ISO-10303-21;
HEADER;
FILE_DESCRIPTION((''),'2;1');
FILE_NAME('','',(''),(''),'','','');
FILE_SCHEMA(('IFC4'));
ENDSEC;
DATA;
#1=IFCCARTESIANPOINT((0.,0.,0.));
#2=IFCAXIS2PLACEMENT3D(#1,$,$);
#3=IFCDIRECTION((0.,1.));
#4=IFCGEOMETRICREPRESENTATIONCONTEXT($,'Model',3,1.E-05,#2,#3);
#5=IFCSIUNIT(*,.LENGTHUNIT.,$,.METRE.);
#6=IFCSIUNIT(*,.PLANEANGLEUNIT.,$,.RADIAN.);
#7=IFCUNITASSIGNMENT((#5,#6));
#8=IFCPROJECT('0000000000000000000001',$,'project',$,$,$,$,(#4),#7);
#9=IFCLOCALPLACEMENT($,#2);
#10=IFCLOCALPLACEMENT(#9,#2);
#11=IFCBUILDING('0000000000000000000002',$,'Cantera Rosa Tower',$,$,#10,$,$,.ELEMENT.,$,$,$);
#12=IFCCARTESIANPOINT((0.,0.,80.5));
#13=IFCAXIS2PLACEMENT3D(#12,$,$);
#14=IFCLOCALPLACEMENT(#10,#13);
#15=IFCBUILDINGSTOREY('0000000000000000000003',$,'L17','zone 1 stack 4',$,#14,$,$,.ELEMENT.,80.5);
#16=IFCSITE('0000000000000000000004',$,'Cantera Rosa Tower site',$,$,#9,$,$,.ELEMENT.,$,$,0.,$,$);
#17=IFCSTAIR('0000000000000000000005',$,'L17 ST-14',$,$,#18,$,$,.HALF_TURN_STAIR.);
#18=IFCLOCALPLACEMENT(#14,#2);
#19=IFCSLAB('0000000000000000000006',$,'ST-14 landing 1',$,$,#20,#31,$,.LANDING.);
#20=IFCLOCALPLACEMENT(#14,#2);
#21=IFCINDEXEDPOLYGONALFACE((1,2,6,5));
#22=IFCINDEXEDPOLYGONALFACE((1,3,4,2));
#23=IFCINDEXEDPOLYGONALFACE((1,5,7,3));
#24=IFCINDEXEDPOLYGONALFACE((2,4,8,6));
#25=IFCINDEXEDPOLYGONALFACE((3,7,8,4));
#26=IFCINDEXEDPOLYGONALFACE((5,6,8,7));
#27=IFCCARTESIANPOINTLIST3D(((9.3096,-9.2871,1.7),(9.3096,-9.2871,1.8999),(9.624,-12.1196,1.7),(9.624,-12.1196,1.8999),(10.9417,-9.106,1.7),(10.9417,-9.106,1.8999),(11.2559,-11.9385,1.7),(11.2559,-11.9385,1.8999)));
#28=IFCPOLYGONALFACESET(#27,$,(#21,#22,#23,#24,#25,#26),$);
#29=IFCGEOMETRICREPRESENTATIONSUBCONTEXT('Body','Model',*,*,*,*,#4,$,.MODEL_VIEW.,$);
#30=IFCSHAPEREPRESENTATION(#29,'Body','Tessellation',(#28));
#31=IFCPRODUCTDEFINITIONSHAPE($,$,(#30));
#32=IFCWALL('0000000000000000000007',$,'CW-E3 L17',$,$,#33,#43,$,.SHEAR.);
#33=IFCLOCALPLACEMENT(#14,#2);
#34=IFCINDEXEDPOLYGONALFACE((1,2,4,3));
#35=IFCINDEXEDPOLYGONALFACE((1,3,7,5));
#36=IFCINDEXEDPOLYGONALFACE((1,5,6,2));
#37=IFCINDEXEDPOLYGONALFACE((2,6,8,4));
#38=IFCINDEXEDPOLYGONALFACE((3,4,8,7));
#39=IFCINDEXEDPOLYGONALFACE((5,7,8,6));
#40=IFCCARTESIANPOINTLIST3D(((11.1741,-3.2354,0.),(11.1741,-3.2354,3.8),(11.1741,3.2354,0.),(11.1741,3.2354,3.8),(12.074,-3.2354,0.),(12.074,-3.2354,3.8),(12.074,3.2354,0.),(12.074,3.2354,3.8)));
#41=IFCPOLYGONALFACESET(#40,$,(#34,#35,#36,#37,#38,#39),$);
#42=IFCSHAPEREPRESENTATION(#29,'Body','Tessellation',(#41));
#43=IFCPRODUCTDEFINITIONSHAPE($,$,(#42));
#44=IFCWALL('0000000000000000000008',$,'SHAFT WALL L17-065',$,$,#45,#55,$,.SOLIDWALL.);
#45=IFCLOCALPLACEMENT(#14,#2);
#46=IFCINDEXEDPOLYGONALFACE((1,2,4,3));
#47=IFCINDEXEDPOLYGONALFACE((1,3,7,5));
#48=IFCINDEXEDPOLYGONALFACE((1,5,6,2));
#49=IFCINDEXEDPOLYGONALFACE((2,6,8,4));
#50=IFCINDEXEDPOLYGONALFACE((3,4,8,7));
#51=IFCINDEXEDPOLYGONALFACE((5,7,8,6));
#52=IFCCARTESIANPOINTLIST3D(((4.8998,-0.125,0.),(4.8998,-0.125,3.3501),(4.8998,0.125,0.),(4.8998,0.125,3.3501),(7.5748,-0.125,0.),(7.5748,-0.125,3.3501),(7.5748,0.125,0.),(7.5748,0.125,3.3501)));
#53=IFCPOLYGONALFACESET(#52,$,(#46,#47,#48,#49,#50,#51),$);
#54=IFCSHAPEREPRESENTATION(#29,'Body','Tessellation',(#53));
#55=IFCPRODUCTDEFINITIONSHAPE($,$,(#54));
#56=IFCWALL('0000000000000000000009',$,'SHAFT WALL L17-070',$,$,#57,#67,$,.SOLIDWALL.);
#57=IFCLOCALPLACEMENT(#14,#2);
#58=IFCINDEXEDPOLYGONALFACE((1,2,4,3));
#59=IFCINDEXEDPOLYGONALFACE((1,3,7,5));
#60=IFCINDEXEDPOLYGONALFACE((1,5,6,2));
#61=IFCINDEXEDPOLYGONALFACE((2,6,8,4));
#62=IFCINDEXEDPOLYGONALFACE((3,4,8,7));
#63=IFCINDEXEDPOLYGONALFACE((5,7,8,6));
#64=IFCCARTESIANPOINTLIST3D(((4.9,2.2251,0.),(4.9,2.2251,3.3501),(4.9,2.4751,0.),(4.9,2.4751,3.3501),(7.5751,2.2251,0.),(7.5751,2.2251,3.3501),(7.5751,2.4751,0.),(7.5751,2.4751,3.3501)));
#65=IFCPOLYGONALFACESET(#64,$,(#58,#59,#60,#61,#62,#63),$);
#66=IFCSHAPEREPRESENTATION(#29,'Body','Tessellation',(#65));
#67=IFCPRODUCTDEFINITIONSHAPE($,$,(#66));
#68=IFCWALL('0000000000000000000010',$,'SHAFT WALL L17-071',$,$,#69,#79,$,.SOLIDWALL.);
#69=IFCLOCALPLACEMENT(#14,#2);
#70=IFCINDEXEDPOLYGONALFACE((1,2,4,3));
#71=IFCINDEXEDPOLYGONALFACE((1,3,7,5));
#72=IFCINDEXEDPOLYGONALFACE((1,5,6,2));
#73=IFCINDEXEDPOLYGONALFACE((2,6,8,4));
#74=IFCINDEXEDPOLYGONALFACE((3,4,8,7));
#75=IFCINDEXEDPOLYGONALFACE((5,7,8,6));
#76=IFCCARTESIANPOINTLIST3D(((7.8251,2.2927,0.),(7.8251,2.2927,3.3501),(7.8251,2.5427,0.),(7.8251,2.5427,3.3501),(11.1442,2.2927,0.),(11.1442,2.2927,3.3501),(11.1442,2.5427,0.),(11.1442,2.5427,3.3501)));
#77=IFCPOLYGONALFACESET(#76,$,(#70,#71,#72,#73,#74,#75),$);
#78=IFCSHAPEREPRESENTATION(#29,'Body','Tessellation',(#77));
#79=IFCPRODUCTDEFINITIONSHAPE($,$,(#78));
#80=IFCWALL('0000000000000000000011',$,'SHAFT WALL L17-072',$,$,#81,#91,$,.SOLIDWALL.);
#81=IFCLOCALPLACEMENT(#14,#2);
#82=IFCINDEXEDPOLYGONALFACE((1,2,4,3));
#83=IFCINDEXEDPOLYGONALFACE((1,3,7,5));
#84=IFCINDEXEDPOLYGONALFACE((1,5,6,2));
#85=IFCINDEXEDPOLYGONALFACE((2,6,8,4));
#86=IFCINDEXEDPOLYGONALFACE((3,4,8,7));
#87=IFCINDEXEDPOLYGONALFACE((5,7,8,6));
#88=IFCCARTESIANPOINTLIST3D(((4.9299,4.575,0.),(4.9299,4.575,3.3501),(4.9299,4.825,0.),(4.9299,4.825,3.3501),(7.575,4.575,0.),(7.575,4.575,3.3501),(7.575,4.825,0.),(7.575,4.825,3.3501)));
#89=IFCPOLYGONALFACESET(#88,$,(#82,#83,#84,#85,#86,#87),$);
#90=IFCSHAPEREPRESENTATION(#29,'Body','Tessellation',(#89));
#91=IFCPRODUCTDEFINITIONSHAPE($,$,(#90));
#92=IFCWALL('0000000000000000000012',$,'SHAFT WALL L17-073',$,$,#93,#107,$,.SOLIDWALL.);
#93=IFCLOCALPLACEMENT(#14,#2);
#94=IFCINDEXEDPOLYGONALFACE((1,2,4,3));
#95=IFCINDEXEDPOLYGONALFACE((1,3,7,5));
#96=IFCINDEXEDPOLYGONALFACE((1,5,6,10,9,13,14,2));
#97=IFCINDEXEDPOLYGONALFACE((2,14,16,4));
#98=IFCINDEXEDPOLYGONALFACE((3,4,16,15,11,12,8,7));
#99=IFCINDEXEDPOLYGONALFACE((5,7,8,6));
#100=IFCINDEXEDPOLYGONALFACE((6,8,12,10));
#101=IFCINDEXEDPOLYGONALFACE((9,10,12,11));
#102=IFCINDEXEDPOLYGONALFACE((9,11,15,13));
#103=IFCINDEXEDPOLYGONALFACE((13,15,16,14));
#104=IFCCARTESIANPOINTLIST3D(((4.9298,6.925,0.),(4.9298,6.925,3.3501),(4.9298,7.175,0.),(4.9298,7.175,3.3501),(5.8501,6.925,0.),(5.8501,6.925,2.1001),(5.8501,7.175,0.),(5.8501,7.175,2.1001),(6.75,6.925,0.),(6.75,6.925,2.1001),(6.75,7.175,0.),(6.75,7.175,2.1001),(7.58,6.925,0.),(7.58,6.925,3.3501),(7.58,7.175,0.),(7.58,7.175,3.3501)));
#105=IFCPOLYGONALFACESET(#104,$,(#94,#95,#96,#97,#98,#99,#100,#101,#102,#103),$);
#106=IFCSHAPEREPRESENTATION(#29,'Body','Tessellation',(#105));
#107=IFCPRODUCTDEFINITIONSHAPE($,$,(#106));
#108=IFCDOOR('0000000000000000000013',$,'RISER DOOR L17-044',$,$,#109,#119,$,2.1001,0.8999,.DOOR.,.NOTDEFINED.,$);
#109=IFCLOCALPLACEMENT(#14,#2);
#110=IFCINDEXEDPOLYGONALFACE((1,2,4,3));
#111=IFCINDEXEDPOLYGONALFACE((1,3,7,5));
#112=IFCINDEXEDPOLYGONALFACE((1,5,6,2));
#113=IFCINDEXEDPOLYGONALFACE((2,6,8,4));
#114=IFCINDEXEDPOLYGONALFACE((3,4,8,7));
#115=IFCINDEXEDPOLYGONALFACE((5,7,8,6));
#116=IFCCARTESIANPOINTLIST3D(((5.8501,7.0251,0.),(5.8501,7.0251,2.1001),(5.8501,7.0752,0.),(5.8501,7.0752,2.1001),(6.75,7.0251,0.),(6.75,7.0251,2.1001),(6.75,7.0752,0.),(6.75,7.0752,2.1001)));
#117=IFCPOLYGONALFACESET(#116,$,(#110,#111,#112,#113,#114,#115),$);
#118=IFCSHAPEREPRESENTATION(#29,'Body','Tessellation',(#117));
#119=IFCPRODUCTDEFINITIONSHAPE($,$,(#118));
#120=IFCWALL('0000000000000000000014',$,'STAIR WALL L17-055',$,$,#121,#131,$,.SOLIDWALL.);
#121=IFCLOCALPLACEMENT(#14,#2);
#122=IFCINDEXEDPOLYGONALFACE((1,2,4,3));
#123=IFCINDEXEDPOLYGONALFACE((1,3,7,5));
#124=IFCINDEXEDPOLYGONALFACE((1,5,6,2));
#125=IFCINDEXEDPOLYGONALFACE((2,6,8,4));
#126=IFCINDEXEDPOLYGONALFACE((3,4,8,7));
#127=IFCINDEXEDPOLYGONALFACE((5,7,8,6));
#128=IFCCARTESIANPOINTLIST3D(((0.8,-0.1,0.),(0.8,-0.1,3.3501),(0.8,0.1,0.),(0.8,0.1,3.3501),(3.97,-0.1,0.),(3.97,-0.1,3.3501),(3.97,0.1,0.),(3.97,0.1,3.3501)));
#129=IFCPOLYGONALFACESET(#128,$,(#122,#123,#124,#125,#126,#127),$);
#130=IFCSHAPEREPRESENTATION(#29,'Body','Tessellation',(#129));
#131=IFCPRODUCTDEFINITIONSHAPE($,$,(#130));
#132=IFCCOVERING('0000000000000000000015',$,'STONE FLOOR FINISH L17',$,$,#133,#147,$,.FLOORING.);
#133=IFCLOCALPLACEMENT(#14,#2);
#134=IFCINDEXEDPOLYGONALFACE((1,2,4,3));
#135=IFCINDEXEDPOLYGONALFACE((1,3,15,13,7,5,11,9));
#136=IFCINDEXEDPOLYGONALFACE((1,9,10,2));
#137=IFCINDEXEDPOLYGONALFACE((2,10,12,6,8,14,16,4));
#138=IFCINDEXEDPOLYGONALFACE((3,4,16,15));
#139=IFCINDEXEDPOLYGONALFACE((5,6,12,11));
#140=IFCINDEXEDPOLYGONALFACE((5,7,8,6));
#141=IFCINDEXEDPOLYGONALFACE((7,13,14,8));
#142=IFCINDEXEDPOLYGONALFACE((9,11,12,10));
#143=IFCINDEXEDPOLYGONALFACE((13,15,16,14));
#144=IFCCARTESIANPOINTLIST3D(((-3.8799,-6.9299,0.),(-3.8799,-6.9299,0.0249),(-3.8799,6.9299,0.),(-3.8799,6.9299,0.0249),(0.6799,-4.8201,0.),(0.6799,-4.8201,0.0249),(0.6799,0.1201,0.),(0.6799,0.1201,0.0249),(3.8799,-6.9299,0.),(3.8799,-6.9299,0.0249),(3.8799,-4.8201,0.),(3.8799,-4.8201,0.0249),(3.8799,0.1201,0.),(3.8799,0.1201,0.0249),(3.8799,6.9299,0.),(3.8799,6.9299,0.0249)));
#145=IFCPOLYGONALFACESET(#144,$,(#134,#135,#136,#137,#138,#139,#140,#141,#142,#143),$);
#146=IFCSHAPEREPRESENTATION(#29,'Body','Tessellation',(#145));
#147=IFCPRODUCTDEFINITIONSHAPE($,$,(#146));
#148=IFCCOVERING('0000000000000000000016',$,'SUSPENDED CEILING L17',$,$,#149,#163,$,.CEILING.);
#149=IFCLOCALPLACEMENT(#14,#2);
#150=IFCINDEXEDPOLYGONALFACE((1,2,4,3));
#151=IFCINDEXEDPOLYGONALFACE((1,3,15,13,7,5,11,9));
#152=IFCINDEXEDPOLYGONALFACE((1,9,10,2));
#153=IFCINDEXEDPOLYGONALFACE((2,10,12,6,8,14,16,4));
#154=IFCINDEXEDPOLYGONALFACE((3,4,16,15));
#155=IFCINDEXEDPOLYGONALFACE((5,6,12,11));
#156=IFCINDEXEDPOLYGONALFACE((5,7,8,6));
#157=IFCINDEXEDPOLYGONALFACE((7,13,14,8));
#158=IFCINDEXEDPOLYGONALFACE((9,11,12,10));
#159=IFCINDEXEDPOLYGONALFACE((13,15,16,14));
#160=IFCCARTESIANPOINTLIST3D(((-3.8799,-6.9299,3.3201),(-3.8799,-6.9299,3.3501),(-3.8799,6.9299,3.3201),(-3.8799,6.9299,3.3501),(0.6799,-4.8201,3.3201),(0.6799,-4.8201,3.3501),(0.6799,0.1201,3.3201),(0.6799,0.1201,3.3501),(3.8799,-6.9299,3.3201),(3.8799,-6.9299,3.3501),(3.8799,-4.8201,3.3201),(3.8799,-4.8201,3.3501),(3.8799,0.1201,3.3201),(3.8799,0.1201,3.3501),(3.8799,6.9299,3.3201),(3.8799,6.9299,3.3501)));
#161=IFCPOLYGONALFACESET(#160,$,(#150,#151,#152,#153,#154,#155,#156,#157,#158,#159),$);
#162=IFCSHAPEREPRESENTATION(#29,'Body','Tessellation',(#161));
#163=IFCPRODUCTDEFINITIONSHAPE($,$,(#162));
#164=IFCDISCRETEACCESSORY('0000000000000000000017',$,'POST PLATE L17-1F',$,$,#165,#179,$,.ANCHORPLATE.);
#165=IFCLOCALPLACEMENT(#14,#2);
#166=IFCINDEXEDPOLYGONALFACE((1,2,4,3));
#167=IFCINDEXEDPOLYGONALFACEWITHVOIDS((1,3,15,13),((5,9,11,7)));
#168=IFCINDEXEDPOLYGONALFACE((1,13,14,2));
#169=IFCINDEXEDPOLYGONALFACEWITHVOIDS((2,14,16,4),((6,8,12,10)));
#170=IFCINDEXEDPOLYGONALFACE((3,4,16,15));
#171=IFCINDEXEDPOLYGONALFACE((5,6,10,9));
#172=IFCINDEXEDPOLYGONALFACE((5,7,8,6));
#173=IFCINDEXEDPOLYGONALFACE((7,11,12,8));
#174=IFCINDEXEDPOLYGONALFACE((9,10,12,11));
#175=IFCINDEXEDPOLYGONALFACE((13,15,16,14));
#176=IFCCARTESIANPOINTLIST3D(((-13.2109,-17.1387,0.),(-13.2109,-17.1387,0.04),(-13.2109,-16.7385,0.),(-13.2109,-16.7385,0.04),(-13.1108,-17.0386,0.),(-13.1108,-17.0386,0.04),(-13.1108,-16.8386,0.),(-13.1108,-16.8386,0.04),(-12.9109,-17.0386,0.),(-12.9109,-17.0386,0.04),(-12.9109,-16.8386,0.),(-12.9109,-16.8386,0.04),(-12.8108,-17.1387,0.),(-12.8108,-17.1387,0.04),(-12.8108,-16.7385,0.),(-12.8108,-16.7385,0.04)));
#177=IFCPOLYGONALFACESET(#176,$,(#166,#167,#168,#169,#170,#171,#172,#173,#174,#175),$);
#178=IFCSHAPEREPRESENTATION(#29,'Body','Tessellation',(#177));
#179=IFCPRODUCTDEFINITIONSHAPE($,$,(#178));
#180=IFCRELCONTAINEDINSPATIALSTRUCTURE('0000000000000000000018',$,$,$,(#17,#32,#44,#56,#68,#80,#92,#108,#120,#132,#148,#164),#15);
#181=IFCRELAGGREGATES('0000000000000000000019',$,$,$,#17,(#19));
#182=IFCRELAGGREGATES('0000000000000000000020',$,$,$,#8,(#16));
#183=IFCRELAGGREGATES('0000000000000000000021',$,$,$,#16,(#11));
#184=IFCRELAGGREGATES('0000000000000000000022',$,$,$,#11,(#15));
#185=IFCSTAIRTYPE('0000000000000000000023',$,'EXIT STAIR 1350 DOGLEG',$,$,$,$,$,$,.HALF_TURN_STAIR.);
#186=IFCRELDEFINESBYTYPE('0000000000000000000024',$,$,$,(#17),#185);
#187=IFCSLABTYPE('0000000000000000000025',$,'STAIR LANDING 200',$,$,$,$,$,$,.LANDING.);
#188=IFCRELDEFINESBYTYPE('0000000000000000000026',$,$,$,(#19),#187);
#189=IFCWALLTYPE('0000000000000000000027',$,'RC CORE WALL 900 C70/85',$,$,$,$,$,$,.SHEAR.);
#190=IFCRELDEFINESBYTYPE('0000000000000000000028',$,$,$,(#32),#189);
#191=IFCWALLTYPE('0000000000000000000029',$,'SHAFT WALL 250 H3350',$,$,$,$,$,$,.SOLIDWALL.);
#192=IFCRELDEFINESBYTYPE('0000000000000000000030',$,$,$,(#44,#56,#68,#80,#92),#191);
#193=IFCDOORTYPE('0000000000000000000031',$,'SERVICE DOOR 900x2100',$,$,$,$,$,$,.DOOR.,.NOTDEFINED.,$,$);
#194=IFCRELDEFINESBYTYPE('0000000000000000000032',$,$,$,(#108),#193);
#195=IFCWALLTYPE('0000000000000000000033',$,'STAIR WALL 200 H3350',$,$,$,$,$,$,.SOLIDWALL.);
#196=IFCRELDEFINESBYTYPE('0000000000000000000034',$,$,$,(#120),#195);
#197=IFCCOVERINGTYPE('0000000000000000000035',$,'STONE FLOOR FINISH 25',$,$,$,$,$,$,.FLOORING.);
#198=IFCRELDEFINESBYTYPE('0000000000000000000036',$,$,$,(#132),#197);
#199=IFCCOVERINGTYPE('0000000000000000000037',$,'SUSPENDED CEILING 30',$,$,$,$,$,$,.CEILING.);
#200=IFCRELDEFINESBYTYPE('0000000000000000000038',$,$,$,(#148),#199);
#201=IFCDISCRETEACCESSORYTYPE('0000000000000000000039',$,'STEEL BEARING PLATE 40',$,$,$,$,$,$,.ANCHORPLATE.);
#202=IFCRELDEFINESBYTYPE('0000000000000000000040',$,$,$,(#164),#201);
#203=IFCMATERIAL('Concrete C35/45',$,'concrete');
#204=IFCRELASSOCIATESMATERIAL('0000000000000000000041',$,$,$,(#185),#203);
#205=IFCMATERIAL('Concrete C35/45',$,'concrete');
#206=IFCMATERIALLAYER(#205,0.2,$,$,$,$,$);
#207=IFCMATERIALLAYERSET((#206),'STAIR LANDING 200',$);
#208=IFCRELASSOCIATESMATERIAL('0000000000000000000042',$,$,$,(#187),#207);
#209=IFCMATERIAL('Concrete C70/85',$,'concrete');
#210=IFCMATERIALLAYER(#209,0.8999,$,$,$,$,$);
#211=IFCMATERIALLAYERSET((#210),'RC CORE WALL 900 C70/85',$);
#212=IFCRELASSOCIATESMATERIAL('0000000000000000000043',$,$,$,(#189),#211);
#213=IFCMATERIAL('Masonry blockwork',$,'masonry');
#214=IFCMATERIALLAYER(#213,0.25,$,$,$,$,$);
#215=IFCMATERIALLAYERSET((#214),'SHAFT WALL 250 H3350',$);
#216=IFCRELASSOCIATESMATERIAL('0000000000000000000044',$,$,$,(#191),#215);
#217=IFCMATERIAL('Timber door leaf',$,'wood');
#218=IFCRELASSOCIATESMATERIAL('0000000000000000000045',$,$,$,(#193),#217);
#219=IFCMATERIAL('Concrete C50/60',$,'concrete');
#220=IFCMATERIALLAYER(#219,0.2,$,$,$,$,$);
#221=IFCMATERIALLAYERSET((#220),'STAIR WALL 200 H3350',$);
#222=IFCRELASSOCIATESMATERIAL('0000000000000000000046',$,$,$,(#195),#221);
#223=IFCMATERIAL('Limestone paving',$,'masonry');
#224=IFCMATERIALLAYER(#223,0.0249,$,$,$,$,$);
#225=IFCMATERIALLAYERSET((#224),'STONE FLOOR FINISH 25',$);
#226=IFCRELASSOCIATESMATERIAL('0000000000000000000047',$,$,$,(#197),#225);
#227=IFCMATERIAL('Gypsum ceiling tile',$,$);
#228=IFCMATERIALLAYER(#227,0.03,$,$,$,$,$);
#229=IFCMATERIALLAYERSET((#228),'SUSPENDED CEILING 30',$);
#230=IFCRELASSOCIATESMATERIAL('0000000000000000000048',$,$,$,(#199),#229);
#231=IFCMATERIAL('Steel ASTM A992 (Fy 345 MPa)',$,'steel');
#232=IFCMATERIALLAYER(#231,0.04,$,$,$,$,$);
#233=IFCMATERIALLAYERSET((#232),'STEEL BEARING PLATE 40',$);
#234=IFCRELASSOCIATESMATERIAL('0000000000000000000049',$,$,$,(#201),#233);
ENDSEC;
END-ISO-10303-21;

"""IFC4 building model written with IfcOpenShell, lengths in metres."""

from ifc_helpers import new_model, si_unit, direction, frame, frame_2d, origin, place, context, subcontext, project, spatial, polyline, rectangle, outline, extrude, material, layer, layer_set, type_object, element, fill, aggregate, save


model = new_model("IFC4")

# Units and contexts
model_context = context("Model", 3, precision=1e-05, world=origin(), true_north=direction((0.0, 1.0)))
body_context = subcontext(model_context, "Body", "Model", "MODEL_VIEW")
ifc_project = project(units=[si_unit("LENGTHUNIT", "METRE"), si_unit("PLANEANGLEUNIT", "RADIAN")], contexts=[model_context])

# Site, building, storey
site_placement = place(None, origin())
site = spatial("IfcSite", under=ifc_project, at=site_placement, Name="Cantera Rosa Tower site", CompositionType="ELEMENT", RefElevation=0.0)
building_placement = place(site_placement, origin())
building = spatial("IfcBuilding", under=site, at=building_placement, Name="Cantera Rosa Tower", CompositionType="ELEMENT")
storey_placement = place(building_placement, frame((0.0, 0.0, 80.5)))
storey = spatial("IfcBuildingStorey", under=building, at=storey_placement, Name="L17", Description="zone 1 stack 4", CompositionType="ELEMENT", Elevation=80.5)

# Stair, slab
ifc_material_1 = material(Name="Concrete C35/45", Category="concrete")
stair_type = type_object("IfcStairType", Name="EXIT STAIR 1350 DOGLEG", PredefinedType="HALF_TURN_STAIR", material=ifc_material_1)
ifc_material_2 = material(Name="Concrete C35/45", Category="concrete")
ifc_layer_1 = layer(ifc_material_2, 0.2)
ifc_layer_set_1 = layer_set([ifc_layer_1], Name="STAIR LANDING 200")
slab_type_1 = type_object("IfcSlabType", Name="STAIR LANDING 200", PredefinedType="LANDING", material=ifc_layer_set_1)
stair_1_placement = place(storey_placement, origin())
stair_1 = element("IfcStair", 1, at=stair_1_placement, inside=storey, type_object=stair_type, Name="L17 ST-14", PredefinedType="HALF_TURN_STAIR")
slab_1_placement = place(storey_placement, frame((0.0, 0.0, 1.7)))
slab_1 = element("IfcSlab", 2, at=slab_1_placement, type_object=slab_type_1, Name="ST-14 landing 1", PredefinedType="LANDING", context=body_context, shape_type="SweptSolid", body=[
    extrude(outline(polyline([(10.9417, -9.106), (9.3096, -9.2871), (9.624, -12.1196), (11.2559, -11.9385), (10.9417, -9.106)])), origin(), (0.0, 0.0, 1.0), 0.2),
])
aggregate(stair_1, [slab_1])

# Walls
ifc_material_3 = material(Name="Concrete C70/85", Category="concrete")
ifc_layer_2 = layer(ifc_material_3, 0.8999)
ifc_layer_set_2 = layer_set([ifc_layer_2], Name="RC CORE WALL 900 C70/85")
wall_type_1 = type_object("IfcWallType", Name="RC CORE WALL 900 C70/85", PredefinedType="SHEAR", material=ifc_layer_set_2)
wall_1_placement = place(storey_placement, frame((11.624, 3.2354, 0.0), z_axis=(0.0, 0.0, 1.0), x_axis=(0.0, -1.0, 0.0)))
element("IfcWall", 3, at=wall_1_placement, inside=storey, type_object=wall_type_1, Name="CW-E3 L17", PredefinedType="SHEAR", context=body_context, shape_type="SweptSolid", body=[
    extrude(rectangle(XDim=6.4707, YDim=0.8999, at=frame_2d((3.2354, 0.0))), origin(), (0.0, 0.0, 1.0), 3.8),
])
ifc_material_4 = material(Name="Masonry blockwork", Category="masonry")
ifc_layer_3 = layer(ifc_material_4, 0.25)
ifc_layer_set_3 = layer_set([ifc_layer_3], Name="SHAFT WALL 250 H3350")
wall_type_2 = type_object("IfcWallType", Name="SHAFT WALL 250 H3350", PredefinedType="SOLIDWALL", material=ifc_layer_set_3)
for number, where, z_axis, x_axis, name in (
    (4, (4.8999, 0.0, 0.0), (0.0, 0.0, 1.0), (1.0, 0.0, 0.0), "SHAFT WALL L17-065"),
    (5, (7.575, 2.3501, 0.0), (0.0, 0.0, 1.0), (-1.0, 0.0, 0.0), "SHAFT WALL L17-070"),
):
    element("IfcWall", number, at=place(storey_placement, frame(where, z_axis=z_axis, x_axis=x_axis)), inside=storey, type_object=wall_type_2, Name=name, PredefinedType="SOLIDWALL", context=body_context, shape_type="SweptSolid", body=[
        extrude(rectangle(XDim=2.675, YDim=0.25, at=frame_2d((1.3374, 0.0))), origin(), (0.0, 0.0, 1.0), 3.3501),
    ])
wall_2_placement = place(storey_placement, frame((7.825, 2.4177, 0.0), z_axis=(0.0, 0.0, 1.0), x_axis=(1.0, 0.0, 0.0)))
element("IfcWall", 6, at=wall_2_placement, inside=storey, type_object=wall_type_2, Name="SHAFT WALL L17-071", PredefinedType="SOLIDWALL", context=body_context, shape_type="SweptSolid", body=[
    extrude(rectangle(XDim=3.3191, YDim=0.25, at=frame_2d((1.6597, 0.0))), origin(), (0.0, 0.0, 1.0), 3.3501),
])
wall_3_placement = place(storey_placement, frame((7.575, 4.7, 0.0), z_axis=(0.0, 0.0, 1.0), x_axis=(-1.0, 0.0, 0.0)))
element("IfcWall", 7, at=wall_3_placement, inside=storey, type_object=wall_type_2, Name="SHAFT WALL L17-072", PredefinedType="SOLIDWALL", context=body_context, shape_type="SweptSolid", body=[
    extrude(rectangle(XDim=2.645, YDim=0.25, at=frame_2d((1.3225, 0.0))), origin(), (0.0, 0.0, 1.0), 3.3501),
])

# Wall, opening, door
wall_4_placement = place(storey_placement, frame((7.5801, 7.05, 0.0), z_axis=(0.0, 0.0, 1.0), x_axis=(-1.0, 0.0, 0.0)))
wall_4 = element("IfcWall", 8, at=wall_4_placement, inside=storey, type_object=wall_type_2, Name="SHAFT WALL L17-073", PredefinedType="SOLIDWALL", context=body_context, shape_type="SweptSolid", body=[
    extrude(rectangle(XDim=2.6501, YDim=0.25, at=frame_2d((1.3252, 0.0))), origin(), (0.0, 0.0, 1.0), 3.3501),
])
opening_placement = place(wall_4_placement, frame((0.8301, 0.0, 0.0)))
opening = element("IfcOpeningElement", 9, at=opening_placement, cuts=wall_4, PredefinedType="OPENING", context=body_context, shape_type="SweptSolid", body=[
    extrude(rectangle(XDim=0.8999, YDim=2.1001, at=frame_2d((0.45, 1.05))), frame((0.0, 0.135, 0.0), z_axis=(0.0, -1.0, 0.0), x_axis=(1.0, 0.0, 0.0)), (0.0, 0.0, 1.0), 0.27),
])
ifc_material_5 = material(Name="Timber door leaf", Category="wood")
door_type = type_object("IfcDoorType", Name="SERVICE DOOR 900x2100", OperationType="NOTDEFINED", PredefinedType="DOOR", material=ifc_material_5)
door_placement = place(opening_placement, origin())
door = element("IfcDoor", 10, at=door_placement, inside=storey, type_object=door_type, Name="RISER DOOR L17-044", OperationType="NOTDEFINED", OverallHeight=2.1001, OverallWidth=0.8999, PredefinedType="DOOR", context=body_context, shape_type="SweptSolid", body=[
    extrude(rectangle(XDim=0.8999, YDim=2.1001, at=frame_2d((0.45, 1.05))), frame((0.0, 0.0249, 0.0), z_axis=(0.0, -1.0, 0.0), x_axis=(1.0, 0.0, 0.0)), (0.0, 0.0, 1.0), 0.05),
])
fill(opening, door)

# Wall
ifc_material_6 = material(Name="Concrete C50/60", Category="concrete")
ifc_layer_4 = layer(ifc_material_6, 0.2)
ifc_layer_set_4 = layer_set([ifc_layer_4], Name="STAIR WALL 200 H3350")
wall_type_3 = type_object("IfcWallType", Name="STAIR WALL 200 H3350", PredefinedType="SOLIDWALL", material=ifc_layer_set_4)
wall_5_placement = place(storey_placement, frame((0.8, 0.0, 0.0), z_axis=(0.0, 0.0, 1.0), x_axis=(1.0, 0.0, 0.0)))
element("IfcWall", 11, at=wall_5_placement, inside=storey, type_object=wall_type_3, Name="STAIR WALL L17-055", PredefinedType="SOLIDWALL", context=body_context, shape_type="SweptSolid", body=[
    extrude(rectangle(XDim=3.1699, YDim=0.2, at=frame_2d((1.585, 0.0))), origin(), (0.0, 0.0, 1.0), 3.3501),
])

# Coverings
ifc_material_7 = material(Name="Limestone paving", Category="masonry")
ifc_layer_5 = layer(ifc_material_7, 0.0249)
ifc_layer_set_5 = layer_set([ifc_layer_5], Name="STONE FLOOR FINISH 25")
covering_type_1 = type_object("IfcCoveringType", Name="STONE FLOOR FINISH 25", PredefinedType="FLOORING", material=ifc_layer_set_5)
covering_1_placement = place(storey_placement, origin())
element("IfcCovering", 12, at=covering_1_placement, inside=storey, type_object=covering_type_1, Name="STONE FLOOR FINISH L17", PredefinedType="FLOORING", context=body_context, shape_type="SweptSolid", body=[
    extrude(outline(polyline([(3.8799, 6.9299), (3.8799, 0.1201), (0.6799, 0.1201), (0.6799, -4.8201), (3.8799, -4.8201), (3.8799, -6.9299), (-3.8799, -6.9299), (-3.8799, 6.9299), (3.8799, 6.9299)])), origin(), (0.0, 0.0, 1.0), 0.0249),
])
ifc_material_8 = material(Name="Gypsum ceiling tile")
ifc_layer_6 = layer(ifc_material_8, 0.03)
ifc_layer_set_6 = layer_set([ifc_layer_6], Name="SUSPENDED CEILING 30")
covering_type_2 = type_object("IfcCoveringType", Name="SUSPENDED CEILING 30", PredefinedType="CEILING", material=ifc_layer_set_6)
covering_2_placement = place(storey_placement, frame((0.0, 0.0, 3.3201)))
element("IfcCovering", 13, at=covering_2_placement, inside=storey, type_object=covering_type_2, Name="SUSPENDED CEILING L17", PredefinedType="CEILING", context=body_context, shape_type="SweptSolid", body=[
    extrude(outline(polyline([(3.8799, 6.9299), (3.8799, 0.1201), (0.6799, 0.1201), (0.6799, -4.8201), (3.8799, -4.8201), (3.8799, -6.9299), (-3.8799, -6.9299), (-3.8799, 6.9299), (3.8799, 6.9299)])), origin(), (0.0, 0.0, 1.0), 0.03),
])

# Discrete accessory
ifc_material_9 = material(Name="Steel ASTM A992 (Fy 345 MPa)", Category="steel")
ifc_layer_7 = layer(ifc_material_9, 0.04)
ifc_layer_set_7 = layer_set([ifc_layer_7], Name="STEEL BEARING PLATE 40")
discrete_accessory_type = type_object("IfcDiscreteAccessoryType", Name="STEEL BEARING PLATE 40", PredefinedType="ANCHORPLATE", material=ifc_layer_set_7)
for number, where, name in (
    (14, (0.0, 0.0, 0.0), "POST PLATE L17-1F"),
):
    element("IfcDiscreteAccessory", number, at=place(storey_placement, frame(where)), inside=storey, type_object=discrete_accessory_type, Name=name, PredefinedType="ANCHORPLATE", context=body_context, shape_type="SweptSolid", body=[
        extrude(outline(polyline([(-13.2109, -17.1387), (-12.8108, -17.1387), (-12.8108, -16.7385), (-13.2109, -16.7385), (-13.2109, -17.1387)]), holes=[polyline([(-13.1108, -17.0386), (-12.9109, -17.0386), (-12.9109, -16.8386), (-13.1108, -16.8386), (-13.1108, -17.0386)])]), origin(), (0.0, 0.0, 1.0), 0.04),
    ])

save(model, "model.ifc")
